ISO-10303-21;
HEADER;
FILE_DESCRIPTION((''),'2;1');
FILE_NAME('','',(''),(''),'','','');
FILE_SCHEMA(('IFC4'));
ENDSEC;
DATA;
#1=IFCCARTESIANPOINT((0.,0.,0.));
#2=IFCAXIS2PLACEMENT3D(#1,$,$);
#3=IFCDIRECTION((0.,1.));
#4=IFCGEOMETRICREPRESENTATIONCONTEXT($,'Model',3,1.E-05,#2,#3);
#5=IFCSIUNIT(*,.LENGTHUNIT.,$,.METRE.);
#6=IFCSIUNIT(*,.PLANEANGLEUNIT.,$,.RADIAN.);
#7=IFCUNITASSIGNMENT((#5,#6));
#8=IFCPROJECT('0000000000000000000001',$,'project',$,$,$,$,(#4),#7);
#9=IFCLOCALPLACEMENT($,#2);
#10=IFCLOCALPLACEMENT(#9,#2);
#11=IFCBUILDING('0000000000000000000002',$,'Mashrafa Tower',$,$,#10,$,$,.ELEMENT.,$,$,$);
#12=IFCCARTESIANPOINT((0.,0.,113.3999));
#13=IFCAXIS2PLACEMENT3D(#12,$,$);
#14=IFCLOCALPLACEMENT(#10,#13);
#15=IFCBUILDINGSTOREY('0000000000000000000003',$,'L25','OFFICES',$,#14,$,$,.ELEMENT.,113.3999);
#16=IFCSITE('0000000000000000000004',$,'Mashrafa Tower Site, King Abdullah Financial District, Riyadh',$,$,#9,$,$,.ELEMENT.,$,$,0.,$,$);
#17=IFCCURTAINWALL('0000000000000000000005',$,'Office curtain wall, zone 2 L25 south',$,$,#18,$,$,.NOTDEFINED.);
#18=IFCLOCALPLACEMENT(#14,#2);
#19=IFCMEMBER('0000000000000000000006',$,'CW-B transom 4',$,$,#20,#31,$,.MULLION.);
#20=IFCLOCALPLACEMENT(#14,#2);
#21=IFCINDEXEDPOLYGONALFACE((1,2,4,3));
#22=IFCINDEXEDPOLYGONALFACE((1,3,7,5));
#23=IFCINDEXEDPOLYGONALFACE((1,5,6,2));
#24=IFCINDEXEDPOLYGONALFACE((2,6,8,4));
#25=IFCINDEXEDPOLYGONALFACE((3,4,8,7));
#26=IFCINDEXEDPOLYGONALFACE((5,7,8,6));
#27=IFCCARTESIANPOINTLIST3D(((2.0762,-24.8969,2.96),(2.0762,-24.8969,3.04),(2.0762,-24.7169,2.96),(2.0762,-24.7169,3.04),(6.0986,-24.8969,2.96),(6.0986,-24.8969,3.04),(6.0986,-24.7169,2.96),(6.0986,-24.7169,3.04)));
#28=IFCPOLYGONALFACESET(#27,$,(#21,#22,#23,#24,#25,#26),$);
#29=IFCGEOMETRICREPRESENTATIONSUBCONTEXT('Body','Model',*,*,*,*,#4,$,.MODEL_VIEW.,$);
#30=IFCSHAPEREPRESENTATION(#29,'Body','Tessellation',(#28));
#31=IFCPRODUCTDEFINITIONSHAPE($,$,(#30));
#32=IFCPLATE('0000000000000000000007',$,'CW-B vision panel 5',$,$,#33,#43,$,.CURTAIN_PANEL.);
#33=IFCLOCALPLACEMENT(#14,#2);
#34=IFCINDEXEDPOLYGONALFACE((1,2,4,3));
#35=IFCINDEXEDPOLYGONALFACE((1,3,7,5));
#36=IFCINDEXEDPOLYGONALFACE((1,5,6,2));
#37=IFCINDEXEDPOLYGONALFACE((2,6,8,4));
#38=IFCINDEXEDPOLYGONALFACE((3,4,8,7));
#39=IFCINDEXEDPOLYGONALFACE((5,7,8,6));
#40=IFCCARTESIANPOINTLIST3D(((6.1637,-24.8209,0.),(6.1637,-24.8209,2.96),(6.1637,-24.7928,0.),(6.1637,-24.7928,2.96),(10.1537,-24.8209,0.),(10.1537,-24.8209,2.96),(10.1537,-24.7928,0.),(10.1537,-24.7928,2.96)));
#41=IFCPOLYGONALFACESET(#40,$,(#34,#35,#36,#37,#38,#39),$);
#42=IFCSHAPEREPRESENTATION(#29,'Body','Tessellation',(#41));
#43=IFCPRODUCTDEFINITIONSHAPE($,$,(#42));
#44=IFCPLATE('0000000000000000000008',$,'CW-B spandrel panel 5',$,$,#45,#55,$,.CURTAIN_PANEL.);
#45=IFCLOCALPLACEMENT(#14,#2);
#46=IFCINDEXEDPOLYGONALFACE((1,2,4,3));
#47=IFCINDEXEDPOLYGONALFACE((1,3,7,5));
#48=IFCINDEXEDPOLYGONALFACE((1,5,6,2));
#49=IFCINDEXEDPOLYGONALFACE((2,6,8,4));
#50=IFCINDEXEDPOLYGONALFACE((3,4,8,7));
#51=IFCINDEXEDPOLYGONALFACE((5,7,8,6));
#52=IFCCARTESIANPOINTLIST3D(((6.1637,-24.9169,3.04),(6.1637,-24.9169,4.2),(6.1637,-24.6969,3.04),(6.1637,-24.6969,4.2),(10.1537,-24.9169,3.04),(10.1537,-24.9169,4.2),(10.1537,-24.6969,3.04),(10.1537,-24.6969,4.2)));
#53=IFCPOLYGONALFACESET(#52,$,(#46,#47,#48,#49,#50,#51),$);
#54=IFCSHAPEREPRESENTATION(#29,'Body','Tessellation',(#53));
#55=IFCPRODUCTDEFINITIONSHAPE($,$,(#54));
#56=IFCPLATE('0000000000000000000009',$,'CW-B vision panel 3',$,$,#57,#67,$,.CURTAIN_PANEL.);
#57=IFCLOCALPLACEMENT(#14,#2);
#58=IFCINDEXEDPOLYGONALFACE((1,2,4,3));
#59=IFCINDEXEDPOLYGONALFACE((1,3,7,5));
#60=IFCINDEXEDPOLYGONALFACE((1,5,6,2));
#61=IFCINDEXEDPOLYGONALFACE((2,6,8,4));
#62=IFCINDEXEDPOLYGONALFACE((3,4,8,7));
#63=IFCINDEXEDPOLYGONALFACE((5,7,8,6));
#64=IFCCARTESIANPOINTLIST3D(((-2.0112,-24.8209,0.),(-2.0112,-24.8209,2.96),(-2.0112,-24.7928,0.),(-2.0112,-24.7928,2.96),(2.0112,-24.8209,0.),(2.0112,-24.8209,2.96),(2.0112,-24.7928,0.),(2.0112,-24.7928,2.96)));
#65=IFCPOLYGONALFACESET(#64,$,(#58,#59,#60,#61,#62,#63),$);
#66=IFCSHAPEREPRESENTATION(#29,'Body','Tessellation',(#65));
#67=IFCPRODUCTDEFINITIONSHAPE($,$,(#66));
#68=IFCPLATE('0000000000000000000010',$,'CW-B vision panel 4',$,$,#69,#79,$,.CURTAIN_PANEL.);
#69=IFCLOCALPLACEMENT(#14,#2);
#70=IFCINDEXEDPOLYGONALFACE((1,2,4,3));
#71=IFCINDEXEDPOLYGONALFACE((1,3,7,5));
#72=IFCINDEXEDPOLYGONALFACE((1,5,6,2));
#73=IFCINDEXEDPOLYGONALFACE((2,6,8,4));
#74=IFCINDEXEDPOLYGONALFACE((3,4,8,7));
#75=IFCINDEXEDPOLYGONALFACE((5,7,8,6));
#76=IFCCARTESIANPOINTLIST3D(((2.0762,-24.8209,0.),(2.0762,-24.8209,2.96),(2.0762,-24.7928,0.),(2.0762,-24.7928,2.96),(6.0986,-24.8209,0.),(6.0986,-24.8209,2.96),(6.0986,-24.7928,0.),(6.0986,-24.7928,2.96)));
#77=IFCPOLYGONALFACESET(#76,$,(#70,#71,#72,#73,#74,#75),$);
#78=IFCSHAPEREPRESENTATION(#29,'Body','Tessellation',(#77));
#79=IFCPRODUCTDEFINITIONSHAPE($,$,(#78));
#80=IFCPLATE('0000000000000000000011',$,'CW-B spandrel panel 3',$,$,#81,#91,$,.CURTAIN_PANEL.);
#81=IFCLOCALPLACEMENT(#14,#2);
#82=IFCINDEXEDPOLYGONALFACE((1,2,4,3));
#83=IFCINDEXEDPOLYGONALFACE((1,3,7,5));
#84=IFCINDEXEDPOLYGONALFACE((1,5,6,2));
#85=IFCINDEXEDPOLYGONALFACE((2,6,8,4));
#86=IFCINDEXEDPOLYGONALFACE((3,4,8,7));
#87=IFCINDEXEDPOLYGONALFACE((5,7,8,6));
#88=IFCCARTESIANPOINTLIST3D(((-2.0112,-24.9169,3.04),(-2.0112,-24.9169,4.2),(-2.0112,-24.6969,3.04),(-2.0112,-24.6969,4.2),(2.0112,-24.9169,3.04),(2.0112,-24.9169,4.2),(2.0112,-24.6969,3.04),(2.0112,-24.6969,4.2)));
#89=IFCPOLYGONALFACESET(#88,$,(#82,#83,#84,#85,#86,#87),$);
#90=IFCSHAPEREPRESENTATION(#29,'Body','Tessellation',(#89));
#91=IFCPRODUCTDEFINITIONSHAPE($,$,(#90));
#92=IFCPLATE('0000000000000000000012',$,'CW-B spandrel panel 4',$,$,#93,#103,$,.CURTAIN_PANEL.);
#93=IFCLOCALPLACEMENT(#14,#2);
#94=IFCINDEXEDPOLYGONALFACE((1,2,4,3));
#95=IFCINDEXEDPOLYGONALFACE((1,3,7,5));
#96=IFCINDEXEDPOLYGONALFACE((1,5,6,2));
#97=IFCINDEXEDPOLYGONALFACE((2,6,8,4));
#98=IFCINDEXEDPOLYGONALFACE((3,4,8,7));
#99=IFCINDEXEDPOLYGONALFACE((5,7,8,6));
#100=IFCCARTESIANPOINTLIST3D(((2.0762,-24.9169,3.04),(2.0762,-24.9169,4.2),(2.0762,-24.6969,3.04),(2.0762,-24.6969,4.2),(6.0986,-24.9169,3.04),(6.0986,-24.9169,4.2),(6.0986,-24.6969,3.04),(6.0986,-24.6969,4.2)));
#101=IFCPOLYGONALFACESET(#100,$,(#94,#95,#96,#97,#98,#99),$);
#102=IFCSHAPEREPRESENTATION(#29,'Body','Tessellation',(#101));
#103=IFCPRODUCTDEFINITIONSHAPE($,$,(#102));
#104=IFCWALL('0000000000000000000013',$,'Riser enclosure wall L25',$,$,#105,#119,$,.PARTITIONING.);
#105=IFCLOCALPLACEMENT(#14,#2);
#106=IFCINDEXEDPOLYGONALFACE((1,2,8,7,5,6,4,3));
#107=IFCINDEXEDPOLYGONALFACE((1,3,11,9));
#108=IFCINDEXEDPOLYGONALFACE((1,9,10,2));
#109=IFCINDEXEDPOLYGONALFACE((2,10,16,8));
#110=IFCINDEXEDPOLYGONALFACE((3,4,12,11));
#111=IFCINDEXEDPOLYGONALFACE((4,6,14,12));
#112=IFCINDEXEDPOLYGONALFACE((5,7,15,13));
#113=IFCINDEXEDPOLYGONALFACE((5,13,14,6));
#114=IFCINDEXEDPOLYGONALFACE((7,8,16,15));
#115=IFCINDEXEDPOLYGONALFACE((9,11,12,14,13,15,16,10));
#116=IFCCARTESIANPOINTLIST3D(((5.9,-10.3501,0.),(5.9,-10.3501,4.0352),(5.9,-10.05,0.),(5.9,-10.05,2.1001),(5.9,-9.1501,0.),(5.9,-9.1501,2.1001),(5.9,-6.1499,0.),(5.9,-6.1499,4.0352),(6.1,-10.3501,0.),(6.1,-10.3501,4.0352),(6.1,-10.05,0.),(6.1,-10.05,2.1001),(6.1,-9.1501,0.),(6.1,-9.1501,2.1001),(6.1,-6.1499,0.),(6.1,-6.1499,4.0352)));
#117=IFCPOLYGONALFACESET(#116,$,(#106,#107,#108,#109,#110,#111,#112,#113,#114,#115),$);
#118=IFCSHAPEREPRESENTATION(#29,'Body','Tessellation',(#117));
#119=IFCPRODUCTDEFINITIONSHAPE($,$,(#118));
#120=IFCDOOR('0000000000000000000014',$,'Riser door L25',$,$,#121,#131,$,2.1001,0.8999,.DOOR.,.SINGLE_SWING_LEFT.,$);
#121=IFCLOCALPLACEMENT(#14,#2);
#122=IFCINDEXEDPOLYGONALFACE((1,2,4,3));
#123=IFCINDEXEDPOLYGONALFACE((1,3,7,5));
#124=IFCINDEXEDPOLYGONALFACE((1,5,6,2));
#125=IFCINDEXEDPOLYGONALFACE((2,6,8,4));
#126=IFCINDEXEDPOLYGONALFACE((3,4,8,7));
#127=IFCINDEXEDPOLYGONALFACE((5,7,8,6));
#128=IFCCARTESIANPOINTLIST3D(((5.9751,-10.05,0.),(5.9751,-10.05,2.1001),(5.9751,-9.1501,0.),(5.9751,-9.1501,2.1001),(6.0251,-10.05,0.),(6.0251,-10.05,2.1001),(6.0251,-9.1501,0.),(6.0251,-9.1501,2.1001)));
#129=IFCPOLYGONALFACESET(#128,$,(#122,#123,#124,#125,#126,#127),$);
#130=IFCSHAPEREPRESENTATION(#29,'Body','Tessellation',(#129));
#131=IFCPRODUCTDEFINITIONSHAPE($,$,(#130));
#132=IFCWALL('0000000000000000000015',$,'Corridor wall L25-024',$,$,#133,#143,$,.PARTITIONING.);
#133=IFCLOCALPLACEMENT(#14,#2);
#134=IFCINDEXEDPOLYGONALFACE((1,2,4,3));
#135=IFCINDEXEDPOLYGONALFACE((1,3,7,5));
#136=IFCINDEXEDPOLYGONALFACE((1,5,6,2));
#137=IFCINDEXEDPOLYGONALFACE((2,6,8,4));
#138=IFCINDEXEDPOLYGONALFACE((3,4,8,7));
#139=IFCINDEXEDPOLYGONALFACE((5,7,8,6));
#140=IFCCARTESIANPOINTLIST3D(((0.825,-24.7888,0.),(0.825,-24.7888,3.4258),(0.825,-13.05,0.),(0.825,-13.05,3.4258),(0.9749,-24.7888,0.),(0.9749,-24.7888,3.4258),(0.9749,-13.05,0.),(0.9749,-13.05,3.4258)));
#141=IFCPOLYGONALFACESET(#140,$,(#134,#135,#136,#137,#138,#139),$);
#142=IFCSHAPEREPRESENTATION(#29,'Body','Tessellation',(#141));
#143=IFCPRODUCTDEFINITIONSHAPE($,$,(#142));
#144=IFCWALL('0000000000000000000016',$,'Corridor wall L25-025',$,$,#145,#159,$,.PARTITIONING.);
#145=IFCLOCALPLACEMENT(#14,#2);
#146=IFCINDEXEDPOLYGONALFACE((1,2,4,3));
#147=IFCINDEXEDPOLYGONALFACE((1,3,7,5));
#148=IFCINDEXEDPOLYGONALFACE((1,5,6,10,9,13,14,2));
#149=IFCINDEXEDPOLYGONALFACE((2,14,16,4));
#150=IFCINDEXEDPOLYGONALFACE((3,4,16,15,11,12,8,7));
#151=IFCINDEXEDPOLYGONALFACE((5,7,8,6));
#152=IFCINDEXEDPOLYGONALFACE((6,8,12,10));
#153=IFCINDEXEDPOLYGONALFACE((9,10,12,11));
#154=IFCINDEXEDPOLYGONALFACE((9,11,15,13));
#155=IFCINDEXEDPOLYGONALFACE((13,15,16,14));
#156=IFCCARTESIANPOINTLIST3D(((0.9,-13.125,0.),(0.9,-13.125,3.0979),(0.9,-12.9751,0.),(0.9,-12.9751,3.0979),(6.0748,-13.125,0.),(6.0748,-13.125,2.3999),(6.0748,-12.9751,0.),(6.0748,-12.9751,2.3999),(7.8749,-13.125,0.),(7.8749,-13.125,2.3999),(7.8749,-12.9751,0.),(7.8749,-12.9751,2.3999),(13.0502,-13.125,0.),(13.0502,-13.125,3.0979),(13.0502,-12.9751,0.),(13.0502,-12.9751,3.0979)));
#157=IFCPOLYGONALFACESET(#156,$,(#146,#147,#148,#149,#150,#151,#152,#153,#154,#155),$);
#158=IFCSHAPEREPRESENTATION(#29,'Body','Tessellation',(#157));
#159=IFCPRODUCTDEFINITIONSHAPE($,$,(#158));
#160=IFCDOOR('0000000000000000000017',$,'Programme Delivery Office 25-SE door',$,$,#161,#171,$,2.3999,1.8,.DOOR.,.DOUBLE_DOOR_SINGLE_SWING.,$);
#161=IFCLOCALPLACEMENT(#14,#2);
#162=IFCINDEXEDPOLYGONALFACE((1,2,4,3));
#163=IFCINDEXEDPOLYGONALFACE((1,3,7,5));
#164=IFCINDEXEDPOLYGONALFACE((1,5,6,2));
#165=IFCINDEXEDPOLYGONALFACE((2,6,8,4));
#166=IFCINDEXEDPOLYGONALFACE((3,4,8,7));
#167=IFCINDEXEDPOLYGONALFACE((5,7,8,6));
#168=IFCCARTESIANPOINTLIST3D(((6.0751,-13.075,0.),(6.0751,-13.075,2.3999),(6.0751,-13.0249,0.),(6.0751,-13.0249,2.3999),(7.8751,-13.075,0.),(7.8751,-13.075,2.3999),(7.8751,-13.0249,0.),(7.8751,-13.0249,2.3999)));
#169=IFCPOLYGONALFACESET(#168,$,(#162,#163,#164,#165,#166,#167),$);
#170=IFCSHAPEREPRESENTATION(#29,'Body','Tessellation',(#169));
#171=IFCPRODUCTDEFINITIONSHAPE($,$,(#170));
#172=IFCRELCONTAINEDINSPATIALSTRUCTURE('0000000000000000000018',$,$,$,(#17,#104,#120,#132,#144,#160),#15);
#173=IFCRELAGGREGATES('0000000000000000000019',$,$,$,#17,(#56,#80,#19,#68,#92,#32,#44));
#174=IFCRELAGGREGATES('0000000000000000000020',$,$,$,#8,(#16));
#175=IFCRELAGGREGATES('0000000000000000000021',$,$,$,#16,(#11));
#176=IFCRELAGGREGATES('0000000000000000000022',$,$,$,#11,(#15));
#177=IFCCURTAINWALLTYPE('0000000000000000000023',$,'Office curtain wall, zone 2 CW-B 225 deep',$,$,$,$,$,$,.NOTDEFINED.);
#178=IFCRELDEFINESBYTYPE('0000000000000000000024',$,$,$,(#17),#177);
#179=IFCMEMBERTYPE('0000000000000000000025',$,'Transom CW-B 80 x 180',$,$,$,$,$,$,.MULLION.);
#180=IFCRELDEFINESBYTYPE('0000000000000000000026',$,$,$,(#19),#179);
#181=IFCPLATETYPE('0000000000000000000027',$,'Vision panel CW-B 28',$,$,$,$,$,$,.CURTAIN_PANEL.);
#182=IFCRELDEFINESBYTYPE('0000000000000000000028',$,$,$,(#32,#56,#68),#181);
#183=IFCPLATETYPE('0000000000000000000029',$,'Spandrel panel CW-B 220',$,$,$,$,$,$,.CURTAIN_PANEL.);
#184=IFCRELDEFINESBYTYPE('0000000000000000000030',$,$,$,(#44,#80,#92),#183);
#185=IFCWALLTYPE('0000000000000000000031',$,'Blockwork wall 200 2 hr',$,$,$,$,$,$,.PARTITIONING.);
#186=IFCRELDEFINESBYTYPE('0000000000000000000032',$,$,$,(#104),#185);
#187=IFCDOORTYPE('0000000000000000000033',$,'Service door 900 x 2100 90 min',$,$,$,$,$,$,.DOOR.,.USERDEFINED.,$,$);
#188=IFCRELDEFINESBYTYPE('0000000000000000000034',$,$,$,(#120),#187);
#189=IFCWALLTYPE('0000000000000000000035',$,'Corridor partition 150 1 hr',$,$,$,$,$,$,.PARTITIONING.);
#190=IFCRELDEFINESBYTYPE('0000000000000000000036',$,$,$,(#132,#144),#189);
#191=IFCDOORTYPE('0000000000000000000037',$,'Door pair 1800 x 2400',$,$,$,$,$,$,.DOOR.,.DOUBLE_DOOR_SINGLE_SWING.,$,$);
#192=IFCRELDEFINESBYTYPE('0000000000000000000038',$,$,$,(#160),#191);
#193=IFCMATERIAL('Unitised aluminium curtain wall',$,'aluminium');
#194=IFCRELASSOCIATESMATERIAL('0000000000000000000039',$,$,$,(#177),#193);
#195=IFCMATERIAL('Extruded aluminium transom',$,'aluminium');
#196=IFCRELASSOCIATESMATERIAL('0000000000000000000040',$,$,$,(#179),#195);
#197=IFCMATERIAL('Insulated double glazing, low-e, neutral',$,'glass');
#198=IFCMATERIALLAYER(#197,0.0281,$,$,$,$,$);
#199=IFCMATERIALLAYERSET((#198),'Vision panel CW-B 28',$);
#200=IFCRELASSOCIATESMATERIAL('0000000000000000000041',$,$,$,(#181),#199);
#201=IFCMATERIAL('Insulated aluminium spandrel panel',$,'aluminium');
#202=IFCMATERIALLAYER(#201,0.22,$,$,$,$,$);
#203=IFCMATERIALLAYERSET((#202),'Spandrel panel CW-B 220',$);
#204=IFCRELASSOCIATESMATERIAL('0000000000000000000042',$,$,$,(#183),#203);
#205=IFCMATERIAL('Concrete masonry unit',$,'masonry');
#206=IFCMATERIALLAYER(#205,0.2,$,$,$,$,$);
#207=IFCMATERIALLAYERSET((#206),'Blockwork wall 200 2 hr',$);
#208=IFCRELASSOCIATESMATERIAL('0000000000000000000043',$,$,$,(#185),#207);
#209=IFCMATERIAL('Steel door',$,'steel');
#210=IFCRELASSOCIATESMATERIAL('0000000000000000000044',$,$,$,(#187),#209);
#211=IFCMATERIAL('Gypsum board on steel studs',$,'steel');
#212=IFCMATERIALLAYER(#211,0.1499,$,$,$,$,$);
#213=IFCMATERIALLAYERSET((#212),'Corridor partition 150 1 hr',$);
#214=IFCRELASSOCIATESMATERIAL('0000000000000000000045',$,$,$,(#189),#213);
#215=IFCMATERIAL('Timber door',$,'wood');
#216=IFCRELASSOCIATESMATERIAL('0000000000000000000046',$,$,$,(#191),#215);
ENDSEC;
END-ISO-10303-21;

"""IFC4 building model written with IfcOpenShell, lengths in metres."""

from ifc_helpers import new_model, si_unit, direction, frame, frame_2d, origin, origin_2d, place, context, subcontext, project, spatial, rectangle, extrude, source, transform, mapped, material, layer, layer_set, material_profile, profile_set, type_object, type_shapes, element, fill, aggregate, save


model = new_model("IFC4")

# Units and contexts
model_context = context("Model", 3, precision=1e-05, world=origin(), true_north=direction((0.0, 1.0)))
body_context = subcontext(model_context, "Body", "Model", "MODEL_VIEW")
ifc_project = project(units=[si_unit("LENGTHUNIT", "METRE"), si_unit("PLANEANGLEUNIT", "RADIAN")], contexts=[model_context])

# Site, building, storey
site_placement = place(None, origin())
site = spatial("IfcSite", under=ifc_project, at=site_placement, Name="Mashrafa Tower Site, King Abdullah Financial District, Riyadh", CompositionType="ELEMENT", RefElevation=0.0)
building_placement = place(site_placement, origin())
building = spatial("IfcBuilding", under=site, at=building_placement, Name="Mashrafa Tower", CompositionType="ELEMENT")
storey_placement = place(building_placement, frame((0.0, 0.0, 113.3999)))
storey = spatial("IfcBuildingStorey", under=building, at=storey_placement, Name="L25", Description="OFFICES", CompositionType="ELEMENT", Elevation=113.3999)

# Curtain wall
ifc_material_1 = material(Name="Unitised aluminium curtain wall", Category="aluminium")
curtain_wall_type = type_object("IfcCurtainWallType", Name="Office curtain wall, zone 2 CW-B 225 deep", PredefinedType="NOTDEFINED", material=ifc_material_1)
curtain_wall_1_placement = place(storey_placement, origin())
curtain_wall_1 = element("IfcCurtainWall", 1, at=curtain_wall_1_placement, inside=storey, type_object=curtain_wall_type, Name="Office curtain wall, zone 2 L25 south", PredefinedType="NOTDEFINED")

# Member
ifc_material_2 = material(Name="Extruded aluminium transom", Category="aluminium")
ifc_material_profile_1 = material_profile(ifc_material_2, rectangle(XDim=0.1799, YDim=0.0801, at=origin_2d()), Name="Transom 80x180")
ifc_profile_set_1 = profile_set([ifc_material_profile_1], Name="Extruded aluminium transom")
member_type_1 = type_object("IfcMemberType", Name="Transom CW-B 80 x 180", PredefinedType="MULLION", material=ifc_profile_set_1)
shared_shape_1 = source(origin(), body_context, "Body", "SweptSolid", [
    extrude(rectangle(XDim=0.1799, YDim=0.0801, at=origin_2d()), origin(), (0.0, 0.0, 1.0), 4.0225),
])
member_1_placement = place(storey_placement, frame((2.0762, -24.8069, 3.0), z_axis=(1.0, 0.0, 0.0), x_axis=(0.0, 1.0, 0.0)))
member_1 = element("IfcMember", 2, at=member_1_placement, type_object=member_type_1, Name="CW-B transom 4", PredefinedType="MULLION", context=body_context, shape_type="MappedRepresentation", body=[
    mapped(shared_shape_1, transform((0.0, 0.0, 0.0))),
])

# Plates
ifc_material_3 = material(Name="Insulated double glazing, low-e, neutral", Category="glass")
ifc_layer_1 = layer(ifc_material_3, 0.0281)
ifc_layer_set_1 = layer_set([ifc_layer_1], Name="Vision panel CW-B 28")
plate_type_1 = type_object("IfcPlateType", Name="Vision panel CW-B 28", PredefinedType="CURTAIN_PANEL", material=ifc_layer_set_1)
shared_shape_2 = source(origin(), body_context, "Body", "SweptSolid", [
    extrude(rectangle(XDim=3.99, YDim=0.0281, at=origin_2d()), origin(), (0.0, 0.0, 1.0), 2.96),
])
plate_1_placement = place(storey_placement, frame((8.1587, -24.8069, 0.0), z_axis=(0.0, 0.0, 1.0), x_axis=(1.0, 0.0, 0.0)))
plate_1 = element("IfcPlate", 3, at=plate_1_placement, type_object=plate_type_1, Name="CW-B vision panel 5", PredefinedType="CURTAIN_PANEL", context=body_context, shape_type="MappedRepresentation", body=[
    mapped(shared_shape_2, transform((0.0, 0.0, 0.0))),
])
ifc_material_4 = material(Name="Insulated aluminium spandrel panel", Category="aluminium")
ifc_layer_2 = layer(ifc_material_4, 0.22)
ifc_layer_set_2 = layer_set([ifc_layer_2], Name="Spandrel panel CW-B 220")
plate_type_2 = type_object("IfcPlateType", Name="Spandrel panel CW-B 220", PredefinedType="CURTAIN_PANEL", material=ifc_layer_set_2)
shared_shape_3 = source(origin(), body_context, "Body", "SweptSolid", [
    extrude(rectangle(XDim=3.99, YDim=0.22, at=origin_2d()), origin(), (0.0, 0.0, 1.0), 1.1599),
])
plate_2_placement = place(storey_placement, frame((8.1587, -24.8069, 3.04), z_axis=(0.0, 0.0, 1.0), x_axis=(1.0, 0.0, 0.0)))
plate_2 = element("IfcPlate", 4, at=plate_2_placement, type_object=plate_type_2, Name="CW-B spandrel panel 5", PredefinedType="CURTAIN_PANEL", context=body_context, shape_type="MappedRepresentation", body=[
    mapped(shared_shape_3, transform((0.0, 0.0, 0.0))),
])
shared_shape_4 = source(origin(), body_context, "Body", "SweptSolid", [
    extrude(rectangle(XDim=4.0225, YDim=0.0281, at=origin_2d()), origin(), (0.0, 0.0, 1.0), 2.96),
])
type_shapes(plate_type_1, [shared_shape_2, shared_shape_4])
plate_3_placement = place(storey_placement, frame((0.0, -24.8069, 0.0), z_axis=(0.0, 0.0, 1.0), x_axis=(1.0, 0.0, 0.0)))
plate_3 = element("IfcPlate", 5, at=plate_3_placement, type_object=plate_type_1, Name="CW-B vision panel 3", PredefinedType="CURTAIN_PANEL", context=body_context, shape_type="MappedRepresentation", body=[
    mapped(shared_shape_4, transform((0.0, 0.0, 0.0))),
])
plate_4_placement = place(storey_placement, frame((4.0874, -24.8069, 0.0), z_axis=(0.0, 0.0, 1.0), x_axis=(1.0, 0.0, 0.0)))
plate_4 = element("IfcPlate", 6, at=plate_4_placement, type_object=plate_type_1, Name="CW-B vision panel 4", PredefinedType="CURTAIN_PANEL", context=body_context, shape_type="MappedRepresentation", body=[
    mapped(shared_shape_4, transform((0.0, 0.0, 0.0))),
])
shared_shape_5 = source(origin(), body_context, "Body", "SweptSolid", [
    extrude(rectangle(XDim=4.0225, YDim=0.22, at=origin_2d()), origin(), (0.0, 0.0, 1.0), 1.1599),
])
type_shapes(plate_type_2, [shared_shape_3, shared_shape_5])
plate_5_placement = place(storey_placement, frame((0.0, -24.8069, 3.04), z_axis=(0.0, 0.0, 1.0), x_axis=(1.0, 0.0, 0.0)))
plate_5 = element("IfcPlate", 7, at=plate_5_placement, type_object=plate_type_2, Name="CW-B spandrel panel 3", PredefinedType="CURTAIN_PANEL", context=body_context, shape_type="MappedRepresentation", body=[
    mapped(shared_shape_5, transform((0.0, 0.0, 0.0))),
])
plate_6_placement = place(storey_placement, frame((4.0874, -24.8069, 3.04), z_axis=(0.0, 0.0, 1.0), x_axis=(1.0, 0.0, 0.0)))
plate_6 = element("IfcPlate", 8, at=plate_6_placement, type_object=plate_type_2, Name="CW-B spandrel panel 4", PredefinedType="CURTAIN_PANEL", context=body_context, shape_type="MappedRepresentation", body=[
    mapped(shared_shape_5, transform((0.0, 0.0, 0.0))),
])
aggregate(curtain_wall_1, [plate_3, plate_5, member_1, plate_4, plate_6, plate_1, plate_2])

# Wall, opening, door
ifc_material_5 = material(Name="Concrete masonry unit", Category="masonry")
ifc_layer_3 = layer(ifc_material_5, 0.2)
ifc_layer_set_3 = layer_set([ifc_layer_3], Name="Blockwork wall 200 2 hr")
wall_type_1 = type_object("IfcWallType", Name="Blockwork wall 200 2 hr", PredefinedType="PARTITIONING", material=ifc_layer_set_3)
wall_1_placement = place(storey_placement, frame((6.0, -10.3501, 0.0), z_axis=(0.0, 0.0, 1.0), x_axis=(0.0, 1.0, 0.0)))
wall_1 = element("IfcWall", 9, at=wall_1_placement, inside=storey, type_object=wall_type_1, Name="Riser enclosure wall L25", PredefinedType="PARTITIONING", context=body_context, shape_type="SweptSolid", body=[
    extrude(rectangle(XDim=4.2002, YDim=0.2, at=frame_2d((2.1001, 0.0))), origin(), (0.0, 0.0, 1.0), 4.0352),
])
opening_1_placement = place(wall_1_placement, frame((0.3, 0.0, 0.0)))
opening_1 = element("IfcOpeningElement", 10, at=opening_1_placement, cuts=wall_1, PredefinedType="OPENING", context=body_context, shape_type="SweptSolid", body=[
    extrude(rectangle(XDim=0.8999, YDim=2.1001, at=frame_2d((0.45, 1.05))), frame((0.0, 0.1099, 0.0), z_axis=(0.0, -1.0, 0.0), x_axis=(1.0, 0.0, 0.0)), (0.0, 0.0, 1.0), 0.22),
])
ifc_material_6 = material(Name="Steel door", Category="steel")
door_type_1 = type_object("IfcDoorType", Name="Service door 900 x 2100 90 min", OperationType="USERDEFINED", PredefinedType="DOOR", material=ifc_material_6)
door_1_placement = place(opening_1_placement, origin())
door_1 = element("IfcDoor", 11, at=door_1_placement, inside=storey, type_object=door_type_1, Name="Riser door L25", OperationType="SINGLE_SWING_LEFT", OverallHeight=2.1001, OverallWidth=0.8999, PredefinedType="DOOR", context=body_context, shape_type="SweptSolid", body=[
    extrude(rectangle(XDim=0.8999, YDim=2.1001, at=frame_2d((0.45, 1.05))), frame((0.0, 0.0249, 0.0), z_axis=(0.0, -1.0, 0.0), x_axis=(1.0, 0.0, 0.0)), (0.0, 0.0, 1.0), 0.05),
])
fill(opening_1, door_1)

# Wall
ifc_material_7 = material(Name="Gypsum board on steel studs", Category="steel")
ifc_layer_4 = layer(ifc_material_7, 0.1499)
ifc_layer_set_4 = layer_set([ifc_layer_4], Name="Corridor partition 150 1 hr")
wall_type_2 = type_object("IfcWallType", Name="Corridor partition 150 1 hr", PredefinedType="PARTITIONING", material=ifc_layer_set_4)
wall_2_placement = place(storey_placement, frame((0.8999, -24.7888, 0.0), z_axis=(0.0, 0.0, 1.0), x_axis=(0.0, 1.0, 0.0)))
element("IfcWall", 12, at=wall_2_placement, inside=storey, type_object=wall_type_2, Name="Corridor wall L25-024", PredefinedType="PARTITIONING", context=body_context, shape_type="SweptSolid", body=[
    extrude(rectangle(XDim=11.7388, YDim=0.1499, at=frame_2d((5.8694, 0.0))), origin(), (0.0, 0.0, 1.0), 3.4258),
])

# Wall, opening, door
wall_3_placement = place(storey_placement, frame((0.8999, -13.05, 0.0), z_axis=(0.0, 0.0, 1.0), x_axis=(1.0, 0.0, 0.0)))
wall_3 = element("IfcWall", 13, at=wall_3_placement, inside=storey, type_object=wall_type_2, Name="Corridor wall L25-025", PredefinedType="PARTITIONING", context=body_context, shape_type="SweptSolid", body=[
    extrude(rectangle(XDim=12.1501, YDim=0.1499, at=frame_2d((6.0752, 0.0))), origin(), (0.0, 0.0, 1.0), 3.0979),
])
opening_2_placement = place(wall_3_placement, frame((5.175, 0.0, 0.0)))
opening_2 = element("IfcOpeningElement", 14, at=opening_2_placement, cuts=wall_3, PredefinedType="OPENING", context=body_context, shape_type="SweptSolid", body=[
    extrude(rectangle(XDim=1.8, YDim=2.3999, at=frame_2d((0.8999, 1.2))), frame((0.0, 0.085, 0.0), z_axis=(0.0, -1.0, 0.0), x_axis=(1.0, 0.0, 0.0)), (0.0, 0.0, 1.0), 0.1699),
])
ifc_material_8 = material(Name="Timber door", Category="wood")
door_type_2 = type_object("IfcDoorType", Name="Door pair 1800 x 2400", OperationType="DOUBLE_DOOR_SINGLE_SWING", PredefinedType="DOOR", material=ifc_material_8)
door_2_placement = place(opening_2_placement, frame((1.8, 0.0, 0.0), z_axis=(0.0, 0.0, 1.0), x_axis=(-1.0, 0.0, 0.0)))
door_2 = element("IfcDoor", 15, at=door_2_placement, inside=storey, type_object=door_type_2, Name="Programme Delivery Office 25-SE door", OperationType="DOUBLE_DOOR_SINGLE_SWING", OverallHeight=2.3999, OverallWidth=1.8, PredefinedType="DOOR", context=body_context, shape_type="SweptSolid", body=[
    extrude(rectangle(XDim=1.8, YDim=2.3999, at=frame_2d((0.8999, 1.2))), frame((0.0, 0.0249, 0.0), z_axis=(0.0, -1.0, 0.0), x_axis=(1.0, 0.0, 0.0)), (0.0, 0.0, 1.0), 0.05),
])
fill(opening_2, door_2)

save(model, "model.ifc")
